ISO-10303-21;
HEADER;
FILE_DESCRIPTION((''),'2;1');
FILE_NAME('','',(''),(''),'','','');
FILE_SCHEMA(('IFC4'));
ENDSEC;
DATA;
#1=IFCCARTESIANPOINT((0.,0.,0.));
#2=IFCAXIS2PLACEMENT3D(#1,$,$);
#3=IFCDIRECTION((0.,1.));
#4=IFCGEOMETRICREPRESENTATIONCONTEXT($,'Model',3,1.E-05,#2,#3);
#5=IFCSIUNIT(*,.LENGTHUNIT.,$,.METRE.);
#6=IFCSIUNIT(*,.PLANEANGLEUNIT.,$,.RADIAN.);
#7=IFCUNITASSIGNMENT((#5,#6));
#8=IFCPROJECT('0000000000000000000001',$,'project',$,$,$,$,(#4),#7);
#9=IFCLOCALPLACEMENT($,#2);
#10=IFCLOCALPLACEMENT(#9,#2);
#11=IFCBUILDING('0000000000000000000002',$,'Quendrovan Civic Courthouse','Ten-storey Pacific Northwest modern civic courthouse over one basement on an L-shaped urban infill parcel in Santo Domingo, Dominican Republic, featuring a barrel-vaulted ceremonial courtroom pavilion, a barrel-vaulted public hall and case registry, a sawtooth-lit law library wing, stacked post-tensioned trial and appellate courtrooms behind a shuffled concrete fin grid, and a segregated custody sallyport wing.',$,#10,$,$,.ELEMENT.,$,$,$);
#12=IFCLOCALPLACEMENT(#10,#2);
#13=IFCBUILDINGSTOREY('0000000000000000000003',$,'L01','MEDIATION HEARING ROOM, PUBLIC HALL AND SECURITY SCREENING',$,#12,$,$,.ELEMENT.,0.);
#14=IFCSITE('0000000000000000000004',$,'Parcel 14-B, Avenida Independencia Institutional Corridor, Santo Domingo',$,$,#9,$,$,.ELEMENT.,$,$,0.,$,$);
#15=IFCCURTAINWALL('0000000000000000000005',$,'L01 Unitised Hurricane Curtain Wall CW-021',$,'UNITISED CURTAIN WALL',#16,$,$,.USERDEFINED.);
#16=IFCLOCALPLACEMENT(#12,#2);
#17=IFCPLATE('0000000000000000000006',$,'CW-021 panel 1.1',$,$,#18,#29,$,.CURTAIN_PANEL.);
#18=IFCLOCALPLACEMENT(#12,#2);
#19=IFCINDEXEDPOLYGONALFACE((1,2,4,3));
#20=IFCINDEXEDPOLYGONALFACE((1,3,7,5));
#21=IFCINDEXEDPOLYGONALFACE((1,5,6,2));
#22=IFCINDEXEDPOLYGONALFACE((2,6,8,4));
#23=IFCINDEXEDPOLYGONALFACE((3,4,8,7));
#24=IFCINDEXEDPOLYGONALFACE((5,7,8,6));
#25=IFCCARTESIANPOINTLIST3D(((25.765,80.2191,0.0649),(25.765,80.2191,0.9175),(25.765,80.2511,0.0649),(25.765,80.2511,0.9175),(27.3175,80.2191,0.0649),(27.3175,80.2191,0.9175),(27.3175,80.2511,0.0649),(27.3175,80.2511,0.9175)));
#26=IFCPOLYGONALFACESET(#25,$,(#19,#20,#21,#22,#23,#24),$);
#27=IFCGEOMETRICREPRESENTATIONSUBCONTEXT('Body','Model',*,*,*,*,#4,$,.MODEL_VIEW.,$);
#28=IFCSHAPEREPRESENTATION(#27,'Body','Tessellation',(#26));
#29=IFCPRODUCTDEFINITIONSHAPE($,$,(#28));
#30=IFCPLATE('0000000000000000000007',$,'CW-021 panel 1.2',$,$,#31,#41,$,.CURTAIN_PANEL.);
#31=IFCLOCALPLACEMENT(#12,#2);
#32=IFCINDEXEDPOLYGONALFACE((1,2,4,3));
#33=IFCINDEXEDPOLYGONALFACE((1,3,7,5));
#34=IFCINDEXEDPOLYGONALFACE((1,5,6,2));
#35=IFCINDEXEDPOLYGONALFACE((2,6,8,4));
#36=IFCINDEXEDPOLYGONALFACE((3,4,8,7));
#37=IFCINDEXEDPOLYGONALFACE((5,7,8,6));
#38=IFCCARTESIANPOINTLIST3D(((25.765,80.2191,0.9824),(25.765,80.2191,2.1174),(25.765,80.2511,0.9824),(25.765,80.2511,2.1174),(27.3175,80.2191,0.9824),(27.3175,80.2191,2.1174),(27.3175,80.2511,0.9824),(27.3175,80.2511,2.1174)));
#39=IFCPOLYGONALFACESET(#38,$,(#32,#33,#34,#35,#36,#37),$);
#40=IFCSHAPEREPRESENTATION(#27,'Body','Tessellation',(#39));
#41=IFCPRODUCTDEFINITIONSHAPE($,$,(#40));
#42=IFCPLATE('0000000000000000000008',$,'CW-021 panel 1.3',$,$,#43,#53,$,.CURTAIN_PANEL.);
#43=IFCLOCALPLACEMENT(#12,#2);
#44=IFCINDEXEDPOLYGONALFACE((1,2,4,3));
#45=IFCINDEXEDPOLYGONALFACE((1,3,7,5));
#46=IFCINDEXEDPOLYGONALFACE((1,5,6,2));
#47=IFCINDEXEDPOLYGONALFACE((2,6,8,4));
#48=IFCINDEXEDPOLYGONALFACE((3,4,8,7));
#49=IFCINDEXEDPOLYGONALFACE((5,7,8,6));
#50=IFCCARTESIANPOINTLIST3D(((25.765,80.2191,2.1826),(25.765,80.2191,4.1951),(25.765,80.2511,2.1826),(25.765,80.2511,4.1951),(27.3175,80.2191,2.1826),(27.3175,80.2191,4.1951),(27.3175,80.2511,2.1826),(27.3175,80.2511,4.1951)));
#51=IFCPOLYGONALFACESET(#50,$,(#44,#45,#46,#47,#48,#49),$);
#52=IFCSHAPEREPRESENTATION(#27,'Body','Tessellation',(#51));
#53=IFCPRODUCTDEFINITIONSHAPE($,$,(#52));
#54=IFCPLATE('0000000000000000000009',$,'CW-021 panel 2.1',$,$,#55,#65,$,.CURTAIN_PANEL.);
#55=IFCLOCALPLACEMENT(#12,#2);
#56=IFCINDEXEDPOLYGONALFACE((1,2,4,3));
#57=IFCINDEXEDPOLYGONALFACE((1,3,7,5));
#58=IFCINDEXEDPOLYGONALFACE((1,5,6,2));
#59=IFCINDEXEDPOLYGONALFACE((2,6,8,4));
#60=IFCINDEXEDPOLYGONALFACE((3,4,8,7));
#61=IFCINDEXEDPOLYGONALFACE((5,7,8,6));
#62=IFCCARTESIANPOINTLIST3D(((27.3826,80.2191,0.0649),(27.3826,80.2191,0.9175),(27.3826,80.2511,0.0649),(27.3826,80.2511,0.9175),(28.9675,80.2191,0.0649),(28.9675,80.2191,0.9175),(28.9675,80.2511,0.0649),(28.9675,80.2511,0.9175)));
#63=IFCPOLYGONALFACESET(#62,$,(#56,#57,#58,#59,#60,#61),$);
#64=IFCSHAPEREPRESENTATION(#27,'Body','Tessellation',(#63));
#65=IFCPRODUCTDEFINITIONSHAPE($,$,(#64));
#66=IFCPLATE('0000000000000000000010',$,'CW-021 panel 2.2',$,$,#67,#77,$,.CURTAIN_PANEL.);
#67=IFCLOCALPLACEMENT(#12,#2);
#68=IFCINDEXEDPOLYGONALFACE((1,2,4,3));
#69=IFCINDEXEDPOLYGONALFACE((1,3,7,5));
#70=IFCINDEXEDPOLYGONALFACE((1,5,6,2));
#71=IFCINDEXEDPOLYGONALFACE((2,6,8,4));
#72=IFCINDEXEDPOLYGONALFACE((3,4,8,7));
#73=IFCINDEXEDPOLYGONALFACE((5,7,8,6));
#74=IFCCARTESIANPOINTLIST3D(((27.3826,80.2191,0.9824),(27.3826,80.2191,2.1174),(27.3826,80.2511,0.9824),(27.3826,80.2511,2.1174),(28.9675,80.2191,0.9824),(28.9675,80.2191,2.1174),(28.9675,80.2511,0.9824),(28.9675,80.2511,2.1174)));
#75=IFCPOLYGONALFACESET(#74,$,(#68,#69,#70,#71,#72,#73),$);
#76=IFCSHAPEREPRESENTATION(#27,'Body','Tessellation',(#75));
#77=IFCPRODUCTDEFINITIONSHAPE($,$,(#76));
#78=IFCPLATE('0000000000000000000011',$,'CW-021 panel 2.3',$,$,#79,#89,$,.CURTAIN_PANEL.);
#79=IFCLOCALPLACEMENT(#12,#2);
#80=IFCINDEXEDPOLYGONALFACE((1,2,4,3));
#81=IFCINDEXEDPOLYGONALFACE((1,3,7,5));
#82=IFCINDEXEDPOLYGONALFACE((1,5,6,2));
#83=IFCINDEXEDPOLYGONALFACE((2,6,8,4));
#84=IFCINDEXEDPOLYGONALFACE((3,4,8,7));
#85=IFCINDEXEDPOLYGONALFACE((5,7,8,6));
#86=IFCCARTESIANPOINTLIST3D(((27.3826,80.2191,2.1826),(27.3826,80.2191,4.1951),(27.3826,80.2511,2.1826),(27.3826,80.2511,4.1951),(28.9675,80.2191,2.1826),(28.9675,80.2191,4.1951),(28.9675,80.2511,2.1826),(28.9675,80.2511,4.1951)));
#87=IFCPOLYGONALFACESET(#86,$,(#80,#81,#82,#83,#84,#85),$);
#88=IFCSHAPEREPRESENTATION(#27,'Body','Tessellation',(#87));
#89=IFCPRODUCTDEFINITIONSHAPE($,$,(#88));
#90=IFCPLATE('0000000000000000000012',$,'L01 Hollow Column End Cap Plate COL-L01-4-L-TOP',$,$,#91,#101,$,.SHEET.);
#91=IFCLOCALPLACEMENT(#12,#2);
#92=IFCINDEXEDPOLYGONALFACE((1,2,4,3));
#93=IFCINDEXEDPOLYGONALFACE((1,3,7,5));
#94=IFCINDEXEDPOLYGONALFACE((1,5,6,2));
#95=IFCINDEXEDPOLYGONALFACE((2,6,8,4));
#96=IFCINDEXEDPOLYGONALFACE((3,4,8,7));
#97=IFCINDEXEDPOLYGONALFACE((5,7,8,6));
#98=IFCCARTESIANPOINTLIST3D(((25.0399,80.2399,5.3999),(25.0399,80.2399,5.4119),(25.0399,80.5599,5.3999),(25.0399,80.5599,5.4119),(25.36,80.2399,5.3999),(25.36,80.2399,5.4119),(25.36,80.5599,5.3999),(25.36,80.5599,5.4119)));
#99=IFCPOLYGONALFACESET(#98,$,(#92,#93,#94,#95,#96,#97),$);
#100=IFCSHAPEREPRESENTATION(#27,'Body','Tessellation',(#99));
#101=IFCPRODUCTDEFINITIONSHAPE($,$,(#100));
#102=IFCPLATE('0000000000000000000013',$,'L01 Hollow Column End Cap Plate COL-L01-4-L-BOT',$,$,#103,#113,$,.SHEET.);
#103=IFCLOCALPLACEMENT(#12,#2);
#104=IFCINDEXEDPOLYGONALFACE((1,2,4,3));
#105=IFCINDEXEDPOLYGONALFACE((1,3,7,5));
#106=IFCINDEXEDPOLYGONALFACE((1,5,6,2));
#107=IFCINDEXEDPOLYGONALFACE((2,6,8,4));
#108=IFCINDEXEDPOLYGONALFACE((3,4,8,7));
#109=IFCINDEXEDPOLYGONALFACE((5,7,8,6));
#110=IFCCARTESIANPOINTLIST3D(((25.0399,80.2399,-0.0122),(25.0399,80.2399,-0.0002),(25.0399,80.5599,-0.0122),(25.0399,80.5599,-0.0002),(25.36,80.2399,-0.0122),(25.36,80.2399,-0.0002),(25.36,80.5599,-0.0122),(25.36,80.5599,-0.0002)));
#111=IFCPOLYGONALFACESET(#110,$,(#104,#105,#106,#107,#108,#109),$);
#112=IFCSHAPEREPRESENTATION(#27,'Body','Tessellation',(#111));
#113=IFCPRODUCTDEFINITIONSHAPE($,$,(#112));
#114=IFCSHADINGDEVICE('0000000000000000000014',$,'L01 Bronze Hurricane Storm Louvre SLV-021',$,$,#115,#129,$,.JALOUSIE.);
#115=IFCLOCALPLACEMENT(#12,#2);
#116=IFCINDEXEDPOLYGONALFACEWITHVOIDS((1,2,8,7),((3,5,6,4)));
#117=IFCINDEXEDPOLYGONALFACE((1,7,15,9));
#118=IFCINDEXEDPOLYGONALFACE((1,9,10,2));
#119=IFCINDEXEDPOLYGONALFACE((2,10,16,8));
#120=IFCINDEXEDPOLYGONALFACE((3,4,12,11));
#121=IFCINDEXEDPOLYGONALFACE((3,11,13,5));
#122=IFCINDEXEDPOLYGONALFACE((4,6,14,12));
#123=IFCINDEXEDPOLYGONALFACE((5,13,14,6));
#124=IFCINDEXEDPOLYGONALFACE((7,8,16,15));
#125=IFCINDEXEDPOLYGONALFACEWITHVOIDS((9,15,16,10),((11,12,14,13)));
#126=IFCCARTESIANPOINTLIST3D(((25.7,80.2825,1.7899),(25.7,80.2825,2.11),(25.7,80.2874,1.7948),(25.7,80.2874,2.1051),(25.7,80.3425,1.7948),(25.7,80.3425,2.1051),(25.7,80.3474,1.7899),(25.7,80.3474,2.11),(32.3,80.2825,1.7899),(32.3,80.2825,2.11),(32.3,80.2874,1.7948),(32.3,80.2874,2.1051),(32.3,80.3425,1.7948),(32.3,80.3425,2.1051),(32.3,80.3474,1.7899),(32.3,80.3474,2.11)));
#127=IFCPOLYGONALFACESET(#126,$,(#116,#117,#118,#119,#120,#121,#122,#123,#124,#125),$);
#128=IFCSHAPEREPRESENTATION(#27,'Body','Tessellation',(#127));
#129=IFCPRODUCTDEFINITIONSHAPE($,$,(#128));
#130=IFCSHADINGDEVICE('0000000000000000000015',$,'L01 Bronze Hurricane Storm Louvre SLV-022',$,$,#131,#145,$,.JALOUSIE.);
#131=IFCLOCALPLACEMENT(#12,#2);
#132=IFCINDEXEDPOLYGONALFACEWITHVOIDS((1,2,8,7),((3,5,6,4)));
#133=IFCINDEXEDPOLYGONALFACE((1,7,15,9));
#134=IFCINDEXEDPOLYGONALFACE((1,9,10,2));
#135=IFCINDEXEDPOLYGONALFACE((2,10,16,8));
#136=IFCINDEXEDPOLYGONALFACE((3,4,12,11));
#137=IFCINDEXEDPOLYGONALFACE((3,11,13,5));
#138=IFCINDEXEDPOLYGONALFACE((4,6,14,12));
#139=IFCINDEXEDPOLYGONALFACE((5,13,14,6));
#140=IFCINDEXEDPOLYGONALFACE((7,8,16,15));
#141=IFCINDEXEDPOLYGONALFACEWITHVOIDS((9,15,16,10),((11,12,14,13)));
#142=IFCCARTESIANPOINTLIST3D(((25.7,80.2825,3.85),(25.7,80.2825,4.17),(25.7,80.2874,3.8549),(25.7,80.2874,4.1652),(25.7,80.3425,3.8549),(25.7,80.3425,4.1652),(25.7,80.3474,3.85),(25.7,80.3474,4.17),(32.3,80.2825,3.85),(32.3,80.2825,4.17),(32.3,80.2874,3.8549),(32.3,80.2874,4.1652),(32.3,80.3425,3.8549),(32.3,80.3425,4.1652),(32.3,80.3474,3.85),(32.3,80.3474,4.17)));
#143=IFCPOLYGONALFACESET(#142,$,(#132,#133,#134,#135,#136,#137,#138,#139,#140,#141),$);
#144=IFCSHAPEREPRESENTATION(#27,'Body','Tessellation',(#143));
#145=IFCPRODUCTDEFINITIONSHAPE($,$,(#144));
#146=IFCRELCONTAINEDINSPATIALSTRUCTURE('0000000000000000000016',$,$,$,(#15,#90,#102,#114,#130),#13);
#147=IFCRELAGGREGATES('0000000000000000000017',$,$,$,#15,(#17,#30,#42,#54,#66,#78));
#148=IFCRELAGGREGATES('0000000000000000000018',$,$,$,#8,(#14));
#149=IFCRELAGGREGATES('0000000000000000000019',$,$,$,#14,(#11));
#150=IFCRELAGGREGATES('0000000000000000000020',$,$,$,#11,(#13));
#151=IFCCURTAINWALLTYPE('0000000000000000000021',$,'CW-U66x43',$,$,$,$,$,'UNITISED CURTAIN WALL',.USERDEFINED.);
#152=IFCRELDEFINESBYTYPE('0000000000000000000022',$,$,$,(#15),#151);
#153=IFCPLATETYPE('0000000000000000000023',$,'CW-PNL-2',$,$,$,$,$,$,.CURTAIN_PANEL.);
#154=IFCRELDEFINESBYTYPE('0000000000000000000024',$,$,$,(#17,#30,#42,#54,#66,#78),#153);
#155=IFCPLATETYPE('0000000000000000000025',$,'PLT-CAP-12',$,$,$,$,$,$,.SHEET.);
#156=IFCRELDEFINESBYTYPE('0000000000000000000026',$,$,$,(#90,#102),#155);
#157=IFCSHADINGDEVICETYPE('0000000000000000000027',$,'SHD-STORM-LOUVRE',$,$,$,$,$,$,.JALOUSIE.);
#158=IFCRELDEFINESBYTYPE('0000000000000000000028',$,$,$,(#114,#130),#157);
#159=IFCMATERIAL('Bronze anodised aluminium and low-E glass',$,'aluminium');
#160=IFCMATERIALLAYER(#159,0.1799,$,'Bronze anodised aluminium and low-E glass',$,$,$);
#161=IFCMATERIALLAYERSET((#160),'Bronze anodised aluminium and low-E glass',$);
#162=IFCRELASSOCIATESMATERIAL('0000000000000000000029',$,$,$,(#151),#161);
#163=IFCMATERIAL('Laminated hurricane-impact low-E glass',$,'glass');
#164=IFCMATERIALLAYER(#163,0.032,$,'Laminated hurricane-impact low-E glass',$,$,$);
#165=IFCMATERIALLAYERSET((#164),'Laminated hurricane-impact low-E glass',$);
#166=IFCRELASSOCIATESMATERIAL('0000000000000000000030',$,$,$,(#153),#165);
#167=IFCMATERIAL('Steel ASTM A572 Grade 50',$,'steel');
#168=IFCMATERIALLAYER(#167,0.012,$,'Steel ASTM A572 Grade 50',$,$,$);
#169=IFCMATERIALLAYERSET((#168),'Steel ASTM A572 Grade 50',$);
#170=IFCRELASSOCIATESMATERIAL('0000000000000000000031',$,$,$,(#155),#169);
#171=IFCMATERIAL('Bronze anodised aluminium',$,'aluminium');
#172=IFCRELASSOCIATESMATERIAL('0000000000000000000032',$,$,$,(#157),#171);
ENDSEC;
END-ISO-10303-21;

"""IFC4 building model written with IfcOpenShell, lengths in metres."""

from ifc_helpers import new_model, si_unit, direction, frame, origin, origin_2d, place, context, subcontext, project, spatial, rectangle, hollow_rectangle, extrude, material, layer, layer_set, material_profile, profile_set, type_object, element, aggregate, save


model = new_model("IFC4")

# Units and contexts
model_context = context("Model", 3, precision=1e-05, world=origin(), true_north=direction((0.0, 1.0)))
body_context = subcontext(model_context, "Body", "Model", "MODEL_VIEW")
ifc_project = project(units=[si_unit("LENGTHUNIT", "METRE"), si_unit("PLANEANGLEUNIT", "RADIAN")], contexts=[model_context])

# Site, building, storey
site_placement = place(None, origin())
site = spatial("IfcSite", under=ifc_project, at=site_placement, Name="Parcel 14-B, Avenida Independencia Institutional Corridor, Santo Domingo", CompositionType="ELEMENT", RefElevation=0.0)
building_placement = place(site_placement, origin())
building = spatial("IfcBuilding", under=site, at=building_placement, Name="Quendrovan Civic Courthouse", Description="Ten-storey Pacific Northwest modern civic courthouse over one basement on an L-shaped urban infill parcel in Santo Domingo, Dominican Republic, featuring a barrel-vaulted ceremonial courtroom pavilion, a barrel-vaulted public hall and case registry, a sawtooth-lit law library wing, stacked post-tensioned trial and appellate courtrooms behind a shuffled concrete fin grid, and a segregated custody sallyport wing.", CompositionType="ELEMENT")
storey_placement = place(building_placement, origin())
storey = spatial("IfcBuildingStorey", under=building, at=storey_placement, Name="L01", Description="MEDIATION HEARING ROOM, PUBLIC HALL AND SECURITY SCREENING", CompositionType="ELEMENT", Elevation=0.0)

# Curtain wall, plates
ifc_material_1 = material(Name="Bronze anodised aluminium and low-E glass", Category="aluminium")
ifc_layer_1 = layer(ifc_material_1, 0.1799, Name="Bronze anodised aluminium and low-E glass")
ifc_layer_set_1 = layer_set([ifc_layer_1], Name="Bronze anodised aluminium and low-E glass")
curtain_wall_type = type_object("IfcCurtainWallType", Name="CW-U66x43", ElementType="UNITISED CURTAIN WALL", PredefinedType="USERDEFINED", material=ifc_layer_set_1)
curtain_wall_placement = place(storey_placement, origin())
curtain_wall = element("IfcCurtainWall", 1, at=curtain_wall_placement, inside=storey, type_object=curtain_wall_type, Name="L01 Unitised Hurricane Curtain Wall CW-021", ObjectType="UNITISED CURTAIN WALL", PredefinedType="USERDEFINED")
ifc_material_2 = material(Name="Bronze anodised aluminium", Category="aluminium")
ifc_material_3 = material(Name="Laminated hurricane-impact low-E glass", Category="glass")
ifc_layer_2 = layer(ifc_material_3, 0.032, Name="Laminated hurricane-impact low-E glass")
ifc_layer_set_2 = layer_set([ifc_layer_2], Name="Laminated hurricane-impact low-E glass")
plate_type_1 = type_object("IfcPlateType", Name="CW-PNL-2", PredefinedType="CURTAIN_PANEL", material=ifc_layer_set_2)
plate_1_placement = place(storey_placement, frame((26.5413, 80.2351, 0.0649), z_axis=(0.0, 0.0, 1.0), x_axis=(1.0, 0.0, 0.0)))
plate_1 = element("IfcPlate", 2, at=plate_1_placement, type_object=plate_type_1, Name="CW-021 panel 1.1", PredefinedType="CURTAIN_PANEL", context=body_context, shape_type="SweptSolid", body=[
    extrude(rectangle(XDim=1.5525, YDim=0.032, at=origin_2d()), origin(), (0.0, 0.0, 1.0), 0.8525),
])
plate_2_placement = place(storey_placement, frame((26.5413, 80.2351, 0.9824), z_axis=(0.0, 0.0, 1.0), x_axis=(1.0, 0.0, 0.0)))
plate_2 = element("IfcPlate", 3, at=plate_2_placement, type_object=plate_type_1, Name="CW-021 panel 1.2", PredefinedType="CURTAIN_PANEL", context=body_context, shape_type="SweptSolid", body=[
    extrude(rectangle(XDim=1.5525, YDim=0.032, at=origin_2d()), origin(), (0.0, 0.0, 1.0), 1.135),
])
plate_3_placement = place(storey_placement, frame((26.5413, 80.2351, 2.1826), z_axis=(0.0, 0.0, 1.0), x_axis=(1.0, 0.0, 0.0)))
plate_3 = element("IfcPlate", 4, at=plate_3_placement, type_object=plate_type_1, Name="CW-021 panel 1.3", PredefinedType="CURTAIN_PANEL", context=body_context, shape_type="SweptSolid", body=[
    extrude(rectangle(XDim=1.5525, YDim=0.032, at=origin_2d()), origin(), (0.0, 0.0, 1.0), 2.0125),
])
plate_4_placement = place(storey_placement, frame((28.175, 80.2351, 0.0649), z_axis=(0.0, 0.0, 1.0), x_axis=(1.0, 0.0, 0.0)))
plate_4 = element("IfcPlate", 5, at=plate_4_placement, type_object=plate_type_1, Name="CW-021 panel 2.1", PredefinedType="CURTAIN_PANEL", context=body_context, shape_type="SweptSolid", body=[
    extrude(rectangle(XDim=1.585, YDim=0.032, at=origin_2d()), origin(), (0.0, 0.0, 1.0), 0.8525),
])
plate_5_placement = place(storey_placement, frame((28.175, 80.2351, 0.9824), z_axis=(0.0, 0.0, 1.0), x_axis=(1.0, 0.0, 0.0)))
plate_5 = element("IfcPlate", 6, at=plate_5_placement, type_object=plate_type_1, Name="CW-021 panel 2.2", PredefinedType="CURTAIN_PANEL", context=body_context, shape_type="SweptSolid", body=[
    extrude(rectangle(XDim=1.585, YDim=0.032, at=origin_2d()), origin(), (0.0, 0.0, 1.0), 1.135),
])
plate_6_placement = place(storey_placement, frame((28.175, 80.2351, 2.1826), z_axis=(0.0, 0.0, 1.0), x_axis=(1.0, 0.0, 0.0)))
plate_6 = element("IfcPlate", 7, at=plate_6_placement, type_object=plate_type_1, Name="CW-021 panel 2.3", PredefinedType="CURTAIN_PANEL", context=body_context, shape_type="SweptSolid", body=[
    extrude(rectangle(XDim=1.585, YDim=0.032, at=origin_2d()), origin(), (0.0, 0.0, 1.0), 2.0125),
])
aggregate(curtain_wall, [plate_1, plate_2, plate_3, plate_4, plate_5, plate_6])

# Plates
ifc_material_4 = material(Name="Steel ASTM A572 Grade 50", Category="steel")
ifc_layer_3 = layer(ifc_material_4, 0.012, Name="Steel ASTM A572 Grade 50")
ifc_layer_set_3 = layer_set([ifc_layer_3], Name="Steel ASTM A572 Grade 50")
plate_type_2 = type_object("IfcPlateType", Name="PLT-CAP-12", PredefinedType="SHEET", material=ifc_layer_set_3)
for number, where, z_axis, x_axis, name in (
    (8, (25.2, 80.3999, 5.3999), (0.0, 0.0, 1.0), (1.0, 0.0, 0.0), "L01 Hollow Column End Cap Plate COL-L01-4-L-TOP"),
    (9, (25.2, 80.3999, -0.0122), (0.0, 0.0, 1.0), (1.0, 0.0, 0.0), "L01 Hollow Column End Cap Plate COL-L01-4-L-BOT"),
):
    element("IfcPlate", number, at=place(storey_placement, frame(where, z_axis=z_axis, x_axis=x_axis)), inside=storey, type_object=plate_type_2, Name=name, PredefinedType="SHEET", context=body_context, shape_type="SweptSolid", body=[
        extrude(rectangle(XDim=0.3201, YDim=0.3201, at=origin_2d()), origin(), (0.0, 0.0, 1.0), 0.012),
    ])

# Shading devices
ifc_material_profile_1 = material_profile(ifc_material_2, hollow_rectangle(XDim=0.0649, YDim=0.3201, WallThickness=0.0049, at=origin_2d()), Name="AL-LOUVRE-65x320")
ifc_profile_set_1 = profile_set([ifc_material_profile_1], Name="Bronze anodised aluminium")
shading_device_type = type_object("IfcShadingDeviceType", Name="SHD-STORM-LOUVRE", PredefinedType="JALOUSIE", material=ifc_profile_set_1)
for number, where, z_axis, x_axis, name in (
    (10, (25.7, 80.3149, 1.95), (1.0, 0.0, 0.0), (0.0, 1.0, 0.0), "L01 Bronze Hurricane Storm Louvre SLV-021"),
    (11, (25.7, 80.3149, 4.01), (1.0, 0.0, 0.0), (0.0, 1.0, 0.0), "L01 Bronze Hurricane Storm Louvre SLV-022"),
):
    element("IfcShadingDevice", number, at=place(storey_placement, frame(where, z_axis=z_axis, x_axis=x_axis)), inside=storey, type_object=shading_device_type, Name=name, PredefinedType="JALOUSIE", context=body_context, shape_type="SweptSolid", body=[
        extrude(hollow_rectangle(XDim=0.0649, YDim=0.3201, WallThickness=0.0049, at=origin_2d()), origin(), (0.0, 0.0, 1.0), 6.6001),
    ])

save(model, "model.ifc")
